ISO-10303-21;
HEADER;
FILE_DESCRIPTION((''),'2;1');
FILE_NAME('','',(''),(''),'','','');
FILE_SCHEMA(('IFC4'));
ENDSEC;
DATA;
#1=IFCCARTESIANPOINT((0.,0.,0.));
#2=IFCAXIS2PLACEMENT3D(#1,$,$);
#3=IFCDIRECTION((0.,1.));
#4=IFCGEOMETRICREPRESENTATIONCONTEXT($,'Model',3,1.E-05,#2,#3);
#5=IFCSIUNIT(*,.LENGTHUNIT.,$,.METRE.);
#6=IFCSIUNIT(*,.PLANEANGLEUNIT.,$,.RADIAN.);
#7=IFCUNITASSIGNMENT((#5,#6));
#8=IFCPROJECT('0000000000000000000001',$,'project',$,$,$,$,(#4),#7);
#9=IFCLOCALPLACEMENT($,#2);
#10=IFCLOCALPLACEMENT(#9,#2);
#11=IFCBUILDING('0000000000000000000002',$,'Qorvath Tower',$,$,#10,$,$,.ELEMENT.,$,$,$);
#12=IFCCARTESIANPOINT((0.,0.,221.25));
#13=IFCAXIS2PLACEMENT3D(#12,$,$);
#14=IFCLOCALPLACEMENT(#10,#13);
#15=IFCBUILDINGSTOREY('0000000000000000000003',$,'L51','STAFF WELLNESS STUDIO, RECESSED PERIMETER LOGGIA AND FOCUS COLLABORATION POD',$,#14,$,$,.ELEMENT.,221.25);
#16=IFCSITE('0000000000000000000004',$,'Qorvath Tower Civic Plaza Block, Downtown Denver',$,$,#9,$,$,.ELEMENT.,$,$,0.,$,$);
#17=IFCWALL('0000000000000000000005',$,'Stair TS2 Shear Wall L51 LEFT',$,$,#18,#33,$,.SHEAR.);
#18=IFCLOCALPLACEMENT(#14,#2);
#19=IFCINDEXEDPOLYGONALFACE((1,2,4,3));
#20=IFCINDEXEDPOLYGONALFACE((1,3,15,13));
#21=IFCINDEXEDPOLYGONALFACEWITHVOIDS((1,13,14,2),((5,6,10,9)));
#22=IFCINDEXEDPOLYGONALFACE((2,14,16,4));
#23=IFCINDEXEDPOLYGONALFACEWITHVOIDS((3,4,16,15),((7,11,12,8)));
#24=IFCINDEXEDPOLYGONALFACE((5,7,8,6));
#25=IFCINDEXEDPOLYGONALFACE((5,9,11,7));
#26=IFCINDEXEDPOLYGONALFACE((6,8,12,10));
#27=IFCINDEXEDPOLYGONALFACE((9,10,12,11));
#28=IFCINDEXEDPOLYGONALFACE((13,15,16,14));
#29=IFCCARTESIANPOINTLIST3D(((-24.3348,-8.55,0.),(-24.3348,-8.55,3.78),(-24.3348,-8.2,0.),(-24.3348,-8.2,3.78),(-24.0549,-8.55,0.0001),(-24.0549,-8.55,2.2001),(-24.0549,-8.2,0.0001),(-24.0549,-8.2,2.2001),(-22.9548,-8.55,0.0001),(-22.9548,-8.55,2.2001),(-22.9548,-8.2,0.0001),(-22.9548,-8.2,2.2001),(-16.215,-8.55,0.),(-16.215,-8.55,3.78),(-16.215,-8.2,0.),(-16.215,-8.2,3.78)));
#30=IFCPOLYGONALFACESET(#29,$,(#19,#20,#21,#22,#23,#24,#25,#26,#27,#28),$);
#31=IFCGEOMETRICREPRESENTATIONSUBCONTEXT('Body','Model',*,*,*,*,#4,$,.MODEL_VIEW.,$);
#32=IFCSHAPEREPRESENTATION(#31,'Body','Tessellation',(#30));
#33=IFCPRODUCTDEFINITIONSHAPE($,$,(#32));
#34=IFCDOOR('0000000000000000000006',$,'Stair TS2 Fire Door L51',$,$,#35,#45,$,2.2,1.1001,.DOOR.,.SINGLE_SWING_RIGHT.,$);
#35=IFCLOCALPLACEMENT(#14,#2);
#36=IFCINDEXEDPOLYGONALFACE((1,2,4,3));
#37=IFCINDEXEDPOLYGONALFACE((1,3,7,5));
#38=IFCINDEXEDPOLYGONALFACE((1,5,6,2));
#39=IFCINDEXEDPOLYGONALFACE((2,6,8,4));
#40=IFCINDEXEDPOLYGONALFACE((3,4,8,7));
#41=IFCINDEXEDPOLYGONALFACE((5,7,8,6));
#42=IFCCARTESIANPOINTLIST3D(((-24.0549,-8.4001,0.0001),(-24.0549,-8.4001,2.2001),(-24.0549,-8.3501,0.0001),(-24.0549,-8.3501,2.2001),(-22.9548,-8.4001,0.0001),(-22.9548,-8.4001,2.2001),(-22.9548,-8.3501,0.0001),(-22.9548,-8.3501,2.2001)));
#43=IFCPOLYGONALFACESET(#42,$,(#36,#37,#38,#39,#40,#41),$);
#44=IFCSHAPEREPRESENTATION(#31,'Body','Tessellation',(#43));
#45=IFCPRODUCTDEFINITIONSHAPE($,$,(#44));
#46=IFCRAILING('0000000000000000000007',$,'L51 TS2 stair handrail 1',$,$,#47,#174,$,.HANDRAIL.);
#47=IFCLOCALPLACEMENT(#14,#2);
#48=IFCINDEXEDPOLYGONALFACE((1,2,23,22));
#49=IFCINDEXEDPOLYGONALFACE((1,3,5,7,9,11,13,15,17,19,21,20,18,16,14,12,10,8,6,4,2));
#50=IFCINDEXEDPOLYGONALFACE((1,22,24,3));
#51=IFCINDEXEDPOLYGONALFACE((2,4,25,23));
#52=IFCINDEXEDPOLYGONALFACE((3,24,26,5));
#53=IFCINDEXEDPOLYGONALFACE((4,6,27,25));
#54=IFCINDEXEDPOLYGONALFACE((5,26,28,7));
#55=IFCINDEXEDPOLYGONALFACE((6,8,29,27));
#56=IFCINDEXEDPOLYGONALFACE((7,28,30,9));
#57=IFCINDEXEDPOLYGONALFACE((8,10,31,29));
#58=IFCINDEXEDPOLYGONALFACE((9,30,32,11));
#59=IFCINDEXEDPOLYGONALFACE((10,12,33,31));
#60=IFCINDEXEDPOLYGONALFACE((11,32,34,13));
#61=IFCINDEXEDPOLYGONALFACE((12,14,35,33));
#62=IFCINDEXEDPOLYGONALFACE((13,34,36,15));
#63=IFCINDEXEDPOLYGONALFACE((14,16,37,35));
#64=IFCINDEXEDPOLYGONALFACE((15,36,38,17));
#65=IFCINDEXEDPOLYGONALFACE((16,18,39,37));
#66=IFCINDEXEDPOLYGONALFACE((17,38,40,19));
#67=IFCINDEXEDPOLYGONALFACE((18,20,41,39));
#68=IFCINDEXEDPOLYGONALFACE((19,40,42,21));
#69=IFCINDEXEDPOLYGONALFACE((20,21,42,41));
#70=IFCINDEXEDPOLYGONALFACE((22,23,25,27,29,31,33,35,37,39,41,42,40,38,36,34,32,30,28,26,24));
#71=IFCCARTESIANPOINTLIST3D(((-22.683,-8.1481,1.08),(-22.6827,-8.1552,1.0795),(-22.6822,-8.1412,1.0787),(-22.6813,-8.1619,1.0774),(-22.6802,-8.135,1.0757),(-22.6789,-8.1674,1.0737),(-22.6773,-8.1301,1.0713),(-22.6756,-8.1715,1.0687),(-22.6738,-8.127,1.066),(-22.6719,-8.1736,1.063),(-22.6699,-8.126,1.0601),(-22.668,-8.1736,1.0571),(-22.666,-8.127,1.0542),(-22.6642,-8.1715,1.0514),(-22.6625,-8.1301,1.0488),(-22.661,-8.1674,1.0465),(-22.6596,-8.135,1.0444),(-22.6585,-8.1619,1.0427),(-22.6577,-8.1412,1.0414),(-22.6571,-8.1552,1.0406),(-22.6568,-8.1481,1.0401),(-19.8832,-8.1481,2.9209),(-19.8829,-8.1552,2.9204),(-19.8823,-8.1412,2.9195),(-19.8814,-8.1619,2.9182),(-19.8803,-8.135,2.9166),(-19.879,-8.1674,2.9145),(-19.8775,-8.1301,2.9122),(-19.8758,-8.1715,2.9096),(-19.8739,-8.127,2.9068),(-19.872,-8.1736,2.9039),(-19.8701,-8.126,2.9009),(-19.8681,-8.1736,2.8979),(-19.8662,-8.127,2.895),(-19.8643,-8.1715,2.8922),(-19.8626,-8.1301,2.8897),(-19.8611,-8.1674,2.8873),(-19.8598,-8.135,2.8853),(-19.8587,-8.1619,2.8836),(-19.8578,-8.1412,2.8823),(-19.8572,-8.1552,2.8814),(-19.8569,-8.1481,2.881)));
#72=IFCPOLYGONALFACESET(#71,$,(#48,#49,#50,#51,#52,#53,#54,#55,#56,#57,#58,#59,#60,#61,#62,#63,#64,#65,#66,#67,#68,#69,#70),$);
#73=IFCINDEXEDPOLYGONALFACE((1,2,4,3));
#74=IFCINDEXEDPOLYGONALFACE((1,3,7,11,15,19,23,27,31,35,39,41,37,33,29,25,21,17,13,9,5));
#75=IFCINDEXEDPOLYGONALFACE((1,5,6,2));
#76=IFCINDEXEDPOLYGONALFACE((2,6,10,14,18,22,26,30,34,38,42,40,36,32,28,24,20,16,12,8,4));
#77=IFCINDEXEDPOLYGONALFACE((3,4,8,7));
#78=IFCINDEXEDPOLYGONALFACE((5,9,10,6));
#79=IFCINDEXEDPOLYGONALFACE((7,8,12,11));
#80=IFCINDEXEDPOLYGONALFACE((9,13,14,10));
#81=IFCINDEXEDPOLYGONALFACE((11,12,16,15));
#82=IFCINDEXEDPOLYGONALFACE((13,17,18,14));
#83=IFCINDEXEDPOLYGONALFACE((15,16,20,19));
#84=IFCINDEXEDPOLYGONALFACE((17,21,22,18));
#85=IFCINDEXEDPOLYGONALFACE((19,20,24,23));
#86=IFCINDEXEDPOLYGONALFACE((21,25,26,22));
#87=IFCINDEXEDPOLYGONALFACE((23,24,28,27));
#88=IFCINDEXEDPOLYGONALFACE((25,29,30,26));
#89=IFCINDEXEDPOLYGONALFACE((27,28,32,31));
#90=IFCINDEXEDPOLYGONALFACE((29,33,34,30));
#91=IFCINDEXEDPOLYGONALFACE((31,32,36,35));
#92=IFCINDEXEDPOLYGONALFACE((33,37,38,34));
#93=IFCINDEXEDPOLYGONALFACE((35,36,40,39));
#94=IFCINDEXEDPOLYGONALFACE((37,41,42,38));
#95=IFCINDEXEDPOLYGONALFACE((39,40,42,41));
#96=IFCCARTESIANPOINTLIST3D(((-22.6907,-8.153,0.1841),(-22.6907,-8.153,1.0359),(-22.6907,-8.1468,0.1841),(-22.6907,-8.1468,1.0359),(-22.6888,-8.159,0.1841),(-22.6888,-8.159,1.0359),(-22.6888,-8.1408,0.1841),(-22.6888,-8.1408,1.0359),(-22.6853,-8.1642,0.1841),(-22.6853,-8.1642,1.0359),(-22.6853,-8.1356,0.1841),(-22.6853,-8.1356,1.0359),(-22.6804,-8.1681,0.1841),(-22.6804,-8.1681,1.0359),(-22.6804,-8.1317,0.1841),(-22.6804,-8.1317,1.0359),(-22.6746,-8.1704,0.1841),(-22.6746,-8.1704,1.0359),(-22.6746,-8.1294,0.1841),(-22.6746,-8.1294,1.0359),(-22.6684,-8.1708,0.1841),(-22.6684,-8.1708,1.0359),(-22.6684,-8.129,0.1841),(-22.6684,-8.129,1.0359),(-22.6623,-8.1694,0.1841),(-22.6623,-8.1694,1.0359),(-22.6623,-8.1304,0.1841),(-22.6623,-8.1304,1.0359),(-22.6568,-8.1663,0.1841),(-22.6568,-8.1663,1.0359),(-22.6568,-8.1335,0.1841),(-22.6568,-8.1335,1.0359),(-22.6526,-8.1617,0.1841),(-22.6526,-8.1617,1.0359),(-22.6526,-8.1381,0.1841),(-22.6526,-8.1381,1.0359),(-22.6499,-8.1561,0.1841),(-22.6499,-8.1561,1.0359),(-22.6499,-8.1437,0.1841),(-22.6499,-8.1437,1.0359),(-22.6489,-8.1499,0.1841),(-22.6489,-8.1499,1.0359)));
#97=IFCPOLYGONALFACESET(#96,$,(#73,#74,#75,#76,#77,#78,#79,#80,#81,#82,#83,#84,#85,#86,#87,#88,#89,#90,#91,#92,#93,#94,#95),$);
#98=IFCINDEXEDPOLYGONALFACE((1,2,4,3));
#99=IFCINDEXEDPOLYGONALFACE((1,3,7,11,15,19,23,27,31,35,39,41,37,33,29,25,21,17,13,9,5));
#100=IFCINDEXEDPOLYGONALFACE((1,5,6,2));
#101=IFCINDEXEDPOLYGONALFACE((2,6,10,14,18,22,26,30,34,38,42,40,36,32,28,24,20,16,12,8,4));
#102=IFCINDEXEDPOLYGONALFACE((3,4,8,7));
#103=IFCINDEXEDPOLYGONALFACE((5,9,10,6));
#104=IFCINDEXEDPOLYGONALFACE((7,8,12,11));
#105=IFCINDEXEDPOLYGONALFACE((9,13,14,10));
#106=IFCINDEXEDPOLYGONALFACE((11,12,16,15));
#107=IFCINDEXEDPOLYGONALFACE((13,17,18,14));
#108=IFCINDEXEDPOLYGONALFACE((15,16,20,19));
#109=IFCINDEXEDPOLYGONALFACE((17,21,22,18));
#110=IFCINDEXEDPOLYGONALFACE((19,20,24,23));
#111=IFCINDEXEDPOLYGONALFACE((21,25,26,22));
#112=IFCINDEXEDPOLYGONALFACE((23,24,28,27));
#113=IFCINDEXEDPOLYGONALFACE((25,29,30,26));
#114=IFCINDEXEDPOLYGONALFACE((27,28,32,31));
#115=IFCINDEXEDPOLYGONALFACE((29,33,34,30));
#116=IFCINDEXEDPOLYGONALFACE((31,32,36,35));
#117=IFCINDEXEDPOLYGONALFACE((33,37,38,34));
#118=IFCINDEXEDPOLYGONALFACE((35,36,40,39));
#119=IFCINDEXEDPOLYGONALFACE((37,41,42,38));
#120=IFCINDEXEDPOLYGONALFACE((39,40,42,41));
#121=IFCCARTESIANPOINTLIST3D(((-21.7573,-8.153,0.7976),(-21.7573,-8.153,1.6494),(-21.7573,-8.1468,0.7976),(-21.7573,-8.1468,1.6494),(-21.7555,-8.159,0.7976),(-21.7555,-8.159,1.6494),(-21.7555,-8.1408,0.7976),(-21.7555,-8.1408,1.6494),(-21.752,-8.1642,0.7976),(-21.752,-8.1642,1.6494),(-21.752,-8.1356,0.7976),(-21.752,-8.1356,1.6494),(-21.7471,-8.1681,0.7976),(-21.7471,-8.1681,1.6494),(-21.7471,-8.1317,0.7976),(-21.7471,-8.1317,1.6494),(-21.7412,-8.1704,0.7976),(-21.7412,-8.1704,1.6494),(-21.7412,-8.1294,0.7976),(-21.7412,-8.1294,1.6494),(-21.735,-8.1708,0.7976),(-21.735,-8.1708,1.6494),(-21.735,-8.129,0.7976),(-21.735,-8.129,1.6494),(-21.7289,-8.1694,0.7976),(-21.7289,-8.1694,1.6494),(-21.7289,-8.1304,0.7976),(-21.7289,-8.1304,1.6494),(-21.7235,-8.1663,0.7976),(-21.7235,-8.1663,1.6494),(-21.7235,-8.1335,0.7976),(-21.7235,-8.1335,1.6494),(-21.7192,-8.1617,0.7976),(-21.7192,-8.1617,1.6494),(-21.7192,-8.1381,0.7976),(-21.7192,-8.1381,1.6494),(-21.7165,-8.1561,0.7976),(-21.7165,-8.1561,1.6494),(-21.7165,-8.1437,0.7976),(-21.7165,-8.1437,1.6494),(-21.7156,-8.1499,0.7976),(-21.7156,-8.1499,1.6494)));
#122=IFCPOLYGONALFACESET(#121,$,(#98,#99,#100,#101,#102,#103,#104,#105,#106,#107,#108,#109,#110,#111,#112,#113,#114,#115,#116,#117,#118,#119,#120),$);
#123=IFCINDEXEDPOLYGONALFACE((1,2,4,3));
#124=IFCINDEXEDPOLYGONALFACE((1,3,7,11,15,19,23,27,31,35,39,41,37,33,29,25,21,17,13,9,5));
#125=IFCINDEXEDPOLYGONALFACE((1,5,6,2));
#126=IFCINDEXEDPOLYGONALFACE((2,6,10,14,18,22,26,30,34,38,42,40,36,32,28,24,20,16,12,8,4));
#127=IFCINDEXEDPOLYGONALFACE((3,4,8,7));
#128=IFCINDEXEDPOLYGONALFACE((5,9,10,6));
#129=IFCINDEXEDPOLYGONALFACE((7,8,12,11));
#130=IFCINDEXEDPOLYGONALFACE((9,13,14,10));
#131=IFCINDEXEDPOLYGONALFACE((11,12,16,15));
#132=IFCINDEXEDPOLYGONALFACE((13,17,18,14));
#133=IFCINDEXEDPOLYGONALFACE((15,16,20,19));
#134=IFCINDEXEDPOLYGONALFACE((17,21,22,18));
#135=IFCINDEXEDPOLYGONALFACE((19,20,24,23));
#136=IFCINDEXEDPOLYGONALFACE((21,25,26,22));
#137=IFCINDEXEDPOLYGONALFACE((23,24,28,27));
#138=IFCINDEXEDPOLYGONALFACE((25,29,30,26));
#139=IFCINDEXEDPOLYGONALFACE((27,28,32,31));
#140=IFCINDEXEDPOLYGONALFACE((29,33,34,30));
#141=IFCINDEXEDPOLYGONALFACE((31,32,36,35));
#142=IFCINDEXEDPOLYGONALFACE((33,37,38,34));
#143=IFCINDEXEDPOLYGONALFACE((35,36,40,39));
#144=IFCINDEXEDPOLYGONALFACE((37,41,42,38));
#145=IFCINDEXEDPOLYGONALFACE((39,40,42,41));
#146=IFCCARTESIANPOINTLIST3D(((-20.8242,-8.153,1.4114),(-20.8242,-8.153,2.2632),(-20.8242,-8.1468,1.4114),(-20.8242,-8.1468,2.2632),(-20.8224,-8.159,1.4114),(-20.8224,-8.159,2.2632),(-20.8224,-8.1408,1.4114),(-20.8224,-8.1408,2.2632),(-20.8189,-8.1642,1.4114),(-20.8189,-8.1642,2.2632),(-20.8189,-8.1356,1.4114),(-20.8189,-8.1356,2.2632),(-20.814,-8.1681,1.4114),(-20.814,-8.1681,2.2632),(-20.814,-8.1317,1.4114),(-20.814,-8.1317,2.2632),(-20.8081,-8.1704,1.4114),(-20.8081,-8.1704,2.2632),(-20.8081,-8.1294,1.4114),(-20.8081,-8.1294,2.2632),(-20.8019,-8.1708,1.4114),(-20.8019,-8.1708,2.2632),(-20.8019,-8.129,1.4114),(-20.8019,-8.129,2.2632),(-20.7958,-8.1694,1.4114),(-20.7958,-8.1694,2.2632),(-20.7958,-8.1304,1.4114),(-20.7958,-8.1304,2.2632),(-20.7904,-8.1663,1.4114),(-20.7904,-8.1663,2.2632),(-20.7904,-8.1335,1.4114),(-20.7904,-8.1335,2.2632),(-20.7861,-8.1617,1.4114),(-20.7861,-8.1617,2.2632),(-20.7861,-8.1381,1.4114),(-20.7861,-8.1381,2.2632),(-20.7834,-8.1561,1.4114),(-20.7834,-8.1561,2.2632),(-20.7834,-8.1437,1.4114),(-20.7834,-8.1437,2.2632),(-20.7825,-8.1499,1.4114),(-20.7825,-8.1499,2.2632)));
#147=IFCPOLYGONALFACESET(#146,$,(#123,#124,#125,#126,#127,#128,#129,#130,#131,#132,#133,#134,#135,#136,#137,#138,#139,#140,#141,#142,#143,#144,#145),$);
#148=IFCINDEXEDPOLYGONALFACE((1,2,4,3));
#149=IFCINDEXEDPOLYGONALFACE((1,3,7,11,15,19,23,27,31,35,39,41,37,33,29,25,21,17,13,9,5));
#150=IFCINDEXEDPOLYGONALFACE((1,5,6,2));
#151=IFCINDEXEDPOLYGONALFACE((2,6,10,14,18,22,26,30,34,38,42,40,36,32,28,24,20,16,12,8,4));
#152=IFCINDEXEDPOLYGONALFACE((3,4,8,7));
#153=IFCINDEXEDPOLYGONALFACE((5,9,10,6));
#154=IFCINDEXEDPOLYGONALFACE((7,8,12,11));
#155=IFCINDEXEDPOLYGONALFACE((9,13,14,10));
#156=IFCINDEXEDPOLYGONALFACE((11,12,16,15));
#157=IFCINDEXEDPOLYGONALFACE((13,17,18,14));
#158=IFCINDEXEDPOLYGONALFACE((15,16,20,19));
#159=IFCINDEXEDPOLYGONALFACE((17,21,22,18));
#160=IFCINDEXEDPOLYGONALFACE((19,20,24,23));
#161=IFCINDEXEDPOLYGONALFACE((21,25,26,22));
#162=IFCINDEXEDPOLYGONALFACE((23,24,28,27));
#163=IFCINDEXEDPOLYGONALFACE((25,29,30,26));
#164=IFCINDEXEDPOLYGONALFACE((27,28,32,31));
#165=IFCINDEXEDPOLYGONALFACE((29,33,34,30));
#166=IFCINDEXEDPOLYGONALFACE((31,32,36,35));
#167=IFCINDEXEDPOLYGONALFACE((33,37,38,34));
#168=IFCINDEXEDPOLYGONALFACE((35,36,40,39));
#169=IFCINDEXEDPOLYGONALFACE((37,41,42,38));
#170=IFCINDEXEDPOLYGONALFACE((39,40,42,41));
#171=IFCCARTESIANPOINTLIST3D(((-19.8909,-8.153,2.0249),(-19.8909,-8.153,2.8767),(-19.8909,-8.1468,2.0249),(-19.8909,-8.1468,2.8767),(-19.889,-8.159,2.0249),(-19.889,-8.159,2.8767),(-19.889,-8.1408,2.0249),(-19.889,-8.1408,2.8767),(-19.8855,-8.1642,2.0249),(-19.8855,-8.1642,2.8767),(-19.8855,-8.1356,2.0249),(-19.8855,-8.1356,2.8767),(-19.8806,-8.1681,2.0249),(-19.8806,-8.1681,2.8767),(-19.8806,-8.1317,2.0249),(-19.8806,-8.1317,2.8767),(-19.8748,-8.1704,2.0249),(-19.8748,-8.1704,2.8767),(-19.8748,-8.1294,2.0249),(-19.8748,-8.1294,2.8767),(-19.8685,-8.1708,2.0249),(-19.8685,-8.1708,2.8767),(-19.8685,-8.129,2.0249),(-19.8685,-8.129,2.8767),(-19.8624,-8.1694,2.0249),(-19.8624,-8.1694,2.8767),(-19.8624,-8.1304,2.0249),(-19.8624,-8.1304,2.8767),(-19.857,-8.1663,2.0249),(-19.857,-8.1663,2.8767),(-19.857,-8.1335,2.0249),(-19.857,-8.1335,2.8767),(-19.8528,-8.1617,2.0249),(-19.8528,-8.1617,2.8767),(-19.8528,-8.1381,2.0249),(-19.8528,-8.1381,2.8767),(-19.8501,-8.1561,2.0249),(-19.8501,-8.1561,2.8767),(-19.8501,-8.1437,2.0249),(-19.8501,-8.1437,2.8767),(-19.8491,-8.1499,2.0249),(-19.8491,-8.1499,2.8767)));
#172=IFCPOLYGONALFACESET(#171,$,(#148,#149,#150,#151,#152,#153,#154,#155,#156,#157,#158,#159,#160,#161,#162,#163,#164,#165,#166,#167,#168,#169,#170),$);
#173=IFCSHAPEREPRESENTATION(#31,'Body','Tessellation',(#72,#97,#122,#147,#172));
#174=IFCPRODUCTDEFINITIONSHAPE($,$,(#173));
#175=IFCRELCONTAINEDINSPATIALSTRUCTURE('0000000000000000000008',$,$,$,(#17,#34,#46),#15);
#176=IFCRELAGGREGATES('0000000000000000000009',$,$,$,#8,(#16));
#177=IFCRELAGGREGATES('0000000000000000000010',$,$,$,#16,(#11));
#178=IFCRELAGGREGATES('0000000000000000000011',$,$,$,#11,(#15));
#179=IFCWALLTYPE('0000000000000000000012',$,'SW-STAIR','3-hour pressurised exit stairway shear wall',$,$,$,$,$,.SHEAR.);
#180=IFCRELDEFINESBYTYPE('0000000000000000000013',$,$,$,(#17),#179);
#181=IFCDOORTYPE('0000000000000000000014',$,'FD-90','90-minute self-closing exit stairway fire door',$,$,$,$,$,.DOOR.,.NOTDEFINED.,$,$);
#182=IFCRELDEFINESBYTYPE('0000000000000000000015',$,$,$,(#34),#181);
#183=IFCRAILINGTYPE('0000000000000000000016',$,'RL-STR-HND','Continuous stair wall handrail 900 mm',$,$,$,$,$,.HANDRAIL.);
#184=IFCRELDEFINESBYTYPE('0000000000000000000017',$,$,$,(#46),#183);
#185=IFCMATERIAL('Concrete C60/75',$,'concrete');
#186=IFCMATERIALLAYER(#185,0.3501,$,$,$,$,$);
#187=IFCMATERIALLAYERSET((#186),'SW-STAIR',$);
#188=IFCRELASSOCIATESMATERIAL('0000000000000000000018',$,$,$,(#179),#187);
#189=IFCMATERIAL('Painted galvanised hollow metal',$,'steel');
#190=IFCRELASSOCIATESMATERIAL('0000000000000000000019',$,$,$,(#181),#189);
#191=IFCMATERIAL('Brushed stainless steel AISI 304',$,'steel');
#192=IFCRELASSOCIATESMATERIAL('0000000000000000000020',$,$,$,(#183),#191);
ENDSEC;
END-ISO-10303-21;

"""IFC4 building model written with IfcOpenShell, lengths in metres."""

from ifc_helpers import new_model, si_unit, direction, frame, frame_2d, origin, origin_2d, place, context, subcontext, project, spatial, rectangle, circle, extrude, material, layer, layer_set, type_object, element, fill, save


model = new_model("IFC4")

# Units and contexts
model_context = context("Model", 3, precision=1e-05, world=origin(), true_north=direction((0.0, 1.0)))
body_context = subcontext(model_context, "Body", "Model", "MODEL_VIEW")
ifc_project = project(units=[si_unit("LENGTHUNIT", "METRE"), si_unit("PLANEANGLEUNIT", "RADIAN")], contexts=[model_context])

# Site, building, storey
site_placement = place(None, origin())
site = spatial("IfcSite", under=ifc_project, at=site_placement, Name="Qorvath Tower Civic Plaza Block, Downtown Denver", CompositionType="ELEMENT", RefElevation=0.0)
building_placement = place(site_placement, origin())
building = spatial("IfcBuilding", under=site, at=building_placement, Name="Qorvath Tower", CompositionType="ELEMENT")
storey_placement = place(building_placement, frame((0.0, 0.0, 221.25)))
storey = spatial("IfcBuildingStorey", under=building, at=storey_placement, Name="L51", Description="STAFF WELLNESS STUDIO, RECESSED PERIMETER LOGGIA AND FOCUS COLLABORATION POD", CompositionType="ELEMENT", Elevation=221.25)

# Wall, opening, door
ifc_material_1 = material(Name="Concrete C60/75", Category="concrete")
ifc_layer_1 = layer(ifc_material_1, 0.3501)
ifc_layer_set_1 = layer_set([ifc_layer_1], Name="SW-STAIR")
wall_type_1 = type_object("IfcWallType", Name="SW-STAIR", Description="3-hour pressurised exit stairway shear wall", PredefinedType="SHEAR", material=ifc_layer_set_1)
wall_1_placement = place(storey_placement, frame((-24.335, -8.375, 0.0), z_axis=(0.0, 0.0, 1.0), x_axis=(1.0, 0.0, 0.0)))
wall_1 = element("IfcWall", 1, at=wall_1_placement, inside=storey, type_object=wall_type_1, Name="Stair TS2 Shear Wall L51 LEFT", PredefinedType="SHEAR", context=body_context, shape_type="SweptSolid", body=[
    extrude(rectangle(XDim=8.1199, YDim=0.3501, at=frame_2d((4.0601, 0.0))), origin(), (0.0, 0.0, 1.0), 3.78),
])
opening_1_placement = place(wall_1_placement, frame((0.28, 0.0, 0.0)))
opening_1 = element("IfcOpeningElement", 2, at=opening_1_placement, cuts=wall_1, PredefinedType="OPENING", context=body_context, shape_type="SweptSolid", body=[
    extrude(rectangle(XDim=1.1001, YDim=2.2, at=frame_2d((0.55, 1.1001))), frame((0.0, 0.1851, 0.0), z_axis=(0.0, -1.0, 0.0), x_axis=(1.0, 0.0, 0.0)), (0.0, 0.0, 1.0), 0.3701),
])
ifc_material_2 = material(Name="Painted galvanised hollow metal", Category="steel")
door_type_1 = type_object("IfcDoorType", Name="FD-90", Description="90-minute self-closing exit stairway fire door", OperationType="NOTDEFINED", PredefinedType="DOOR", material=ifc_material_2)
door_1_placement = place(opening_1_placement, origin())
door_1 = element("IfcDoor", 3, at=door_1_placement, inside=storey, type_object=door_type_1, Name="Stair TS2 Fire Door L51", OperationType="SINGLE_SWING_RIGHT", OverallHeight=2.2, OverallWidth=1.1001, PredefinedType="DOOR", context=body_context, shape_type="SweptSolid", body=[
    extrude(rectangle(XDim=1.1001, YDim=2.2, at=frame_2d((0.55, 1.1001))), frame((0.0, 0.0249, 0.0), z_axis=(0.0, -1.0, 0.0), x_axis=(1.0, 0.0, 0.0)), (0.0, 0.0, 1.0), 0.05),
])
fill(opening_1, door_1)

# Railing
ifc_material_3 = material(Name="Brushed stainless steel AISI 304", Category="steel")
railing_type = type_object("IfcRailingType", Name="RL-STR-HND", Description="Continuous stair wall handrail 900 mm", PredefinedType="HANDRAIL", material=ifc_material_3)
railing_placement = place(storey_placement, frame((-22.6699, -8.1499, 0.1841)))
element("IfcRailing", 4, at=railing_placement, inside=storey, type_object=railing_type, Name="L51 TS2 stair handrail 1", PredefinedType="HANDRAIL", context=body_context, shape_type="SweptSolid", body=[
    extrude(circle(Radius=0.0239, at=origin_2d()), frame((0.0, 0.0, 0.876), z_axis=(0.835576, 0.0, 0.549376), x_axis=(0.0, 1.0, 0.0)), (0.0, 0.0, 1.0), 3.3508),
    extrude(circle(Radius=0.021, at=origin_2d()), origin(), (0.0, 0.0, 1.0), 0.8518),
    extrude(circle(Radius=0.021, at=origin_2d()), frame((0.9333, 0.0, 0.6135)), (0.0, 0.0, 1.0), 0.8518),
    extrude(circle(Radius=0.021, at=origin_2d()), frame((1.8665, 0.0, 1.2273)), (0.0, 0.0, 1.0), 0.8518),
    extrude(circle(Radius=0.021, at=origin_2d()), frame((2.7998, 0.0, 1.8408)), (0.0, 0.0, 1.0), 0.8518),
])

save(model, "model.ifc")
